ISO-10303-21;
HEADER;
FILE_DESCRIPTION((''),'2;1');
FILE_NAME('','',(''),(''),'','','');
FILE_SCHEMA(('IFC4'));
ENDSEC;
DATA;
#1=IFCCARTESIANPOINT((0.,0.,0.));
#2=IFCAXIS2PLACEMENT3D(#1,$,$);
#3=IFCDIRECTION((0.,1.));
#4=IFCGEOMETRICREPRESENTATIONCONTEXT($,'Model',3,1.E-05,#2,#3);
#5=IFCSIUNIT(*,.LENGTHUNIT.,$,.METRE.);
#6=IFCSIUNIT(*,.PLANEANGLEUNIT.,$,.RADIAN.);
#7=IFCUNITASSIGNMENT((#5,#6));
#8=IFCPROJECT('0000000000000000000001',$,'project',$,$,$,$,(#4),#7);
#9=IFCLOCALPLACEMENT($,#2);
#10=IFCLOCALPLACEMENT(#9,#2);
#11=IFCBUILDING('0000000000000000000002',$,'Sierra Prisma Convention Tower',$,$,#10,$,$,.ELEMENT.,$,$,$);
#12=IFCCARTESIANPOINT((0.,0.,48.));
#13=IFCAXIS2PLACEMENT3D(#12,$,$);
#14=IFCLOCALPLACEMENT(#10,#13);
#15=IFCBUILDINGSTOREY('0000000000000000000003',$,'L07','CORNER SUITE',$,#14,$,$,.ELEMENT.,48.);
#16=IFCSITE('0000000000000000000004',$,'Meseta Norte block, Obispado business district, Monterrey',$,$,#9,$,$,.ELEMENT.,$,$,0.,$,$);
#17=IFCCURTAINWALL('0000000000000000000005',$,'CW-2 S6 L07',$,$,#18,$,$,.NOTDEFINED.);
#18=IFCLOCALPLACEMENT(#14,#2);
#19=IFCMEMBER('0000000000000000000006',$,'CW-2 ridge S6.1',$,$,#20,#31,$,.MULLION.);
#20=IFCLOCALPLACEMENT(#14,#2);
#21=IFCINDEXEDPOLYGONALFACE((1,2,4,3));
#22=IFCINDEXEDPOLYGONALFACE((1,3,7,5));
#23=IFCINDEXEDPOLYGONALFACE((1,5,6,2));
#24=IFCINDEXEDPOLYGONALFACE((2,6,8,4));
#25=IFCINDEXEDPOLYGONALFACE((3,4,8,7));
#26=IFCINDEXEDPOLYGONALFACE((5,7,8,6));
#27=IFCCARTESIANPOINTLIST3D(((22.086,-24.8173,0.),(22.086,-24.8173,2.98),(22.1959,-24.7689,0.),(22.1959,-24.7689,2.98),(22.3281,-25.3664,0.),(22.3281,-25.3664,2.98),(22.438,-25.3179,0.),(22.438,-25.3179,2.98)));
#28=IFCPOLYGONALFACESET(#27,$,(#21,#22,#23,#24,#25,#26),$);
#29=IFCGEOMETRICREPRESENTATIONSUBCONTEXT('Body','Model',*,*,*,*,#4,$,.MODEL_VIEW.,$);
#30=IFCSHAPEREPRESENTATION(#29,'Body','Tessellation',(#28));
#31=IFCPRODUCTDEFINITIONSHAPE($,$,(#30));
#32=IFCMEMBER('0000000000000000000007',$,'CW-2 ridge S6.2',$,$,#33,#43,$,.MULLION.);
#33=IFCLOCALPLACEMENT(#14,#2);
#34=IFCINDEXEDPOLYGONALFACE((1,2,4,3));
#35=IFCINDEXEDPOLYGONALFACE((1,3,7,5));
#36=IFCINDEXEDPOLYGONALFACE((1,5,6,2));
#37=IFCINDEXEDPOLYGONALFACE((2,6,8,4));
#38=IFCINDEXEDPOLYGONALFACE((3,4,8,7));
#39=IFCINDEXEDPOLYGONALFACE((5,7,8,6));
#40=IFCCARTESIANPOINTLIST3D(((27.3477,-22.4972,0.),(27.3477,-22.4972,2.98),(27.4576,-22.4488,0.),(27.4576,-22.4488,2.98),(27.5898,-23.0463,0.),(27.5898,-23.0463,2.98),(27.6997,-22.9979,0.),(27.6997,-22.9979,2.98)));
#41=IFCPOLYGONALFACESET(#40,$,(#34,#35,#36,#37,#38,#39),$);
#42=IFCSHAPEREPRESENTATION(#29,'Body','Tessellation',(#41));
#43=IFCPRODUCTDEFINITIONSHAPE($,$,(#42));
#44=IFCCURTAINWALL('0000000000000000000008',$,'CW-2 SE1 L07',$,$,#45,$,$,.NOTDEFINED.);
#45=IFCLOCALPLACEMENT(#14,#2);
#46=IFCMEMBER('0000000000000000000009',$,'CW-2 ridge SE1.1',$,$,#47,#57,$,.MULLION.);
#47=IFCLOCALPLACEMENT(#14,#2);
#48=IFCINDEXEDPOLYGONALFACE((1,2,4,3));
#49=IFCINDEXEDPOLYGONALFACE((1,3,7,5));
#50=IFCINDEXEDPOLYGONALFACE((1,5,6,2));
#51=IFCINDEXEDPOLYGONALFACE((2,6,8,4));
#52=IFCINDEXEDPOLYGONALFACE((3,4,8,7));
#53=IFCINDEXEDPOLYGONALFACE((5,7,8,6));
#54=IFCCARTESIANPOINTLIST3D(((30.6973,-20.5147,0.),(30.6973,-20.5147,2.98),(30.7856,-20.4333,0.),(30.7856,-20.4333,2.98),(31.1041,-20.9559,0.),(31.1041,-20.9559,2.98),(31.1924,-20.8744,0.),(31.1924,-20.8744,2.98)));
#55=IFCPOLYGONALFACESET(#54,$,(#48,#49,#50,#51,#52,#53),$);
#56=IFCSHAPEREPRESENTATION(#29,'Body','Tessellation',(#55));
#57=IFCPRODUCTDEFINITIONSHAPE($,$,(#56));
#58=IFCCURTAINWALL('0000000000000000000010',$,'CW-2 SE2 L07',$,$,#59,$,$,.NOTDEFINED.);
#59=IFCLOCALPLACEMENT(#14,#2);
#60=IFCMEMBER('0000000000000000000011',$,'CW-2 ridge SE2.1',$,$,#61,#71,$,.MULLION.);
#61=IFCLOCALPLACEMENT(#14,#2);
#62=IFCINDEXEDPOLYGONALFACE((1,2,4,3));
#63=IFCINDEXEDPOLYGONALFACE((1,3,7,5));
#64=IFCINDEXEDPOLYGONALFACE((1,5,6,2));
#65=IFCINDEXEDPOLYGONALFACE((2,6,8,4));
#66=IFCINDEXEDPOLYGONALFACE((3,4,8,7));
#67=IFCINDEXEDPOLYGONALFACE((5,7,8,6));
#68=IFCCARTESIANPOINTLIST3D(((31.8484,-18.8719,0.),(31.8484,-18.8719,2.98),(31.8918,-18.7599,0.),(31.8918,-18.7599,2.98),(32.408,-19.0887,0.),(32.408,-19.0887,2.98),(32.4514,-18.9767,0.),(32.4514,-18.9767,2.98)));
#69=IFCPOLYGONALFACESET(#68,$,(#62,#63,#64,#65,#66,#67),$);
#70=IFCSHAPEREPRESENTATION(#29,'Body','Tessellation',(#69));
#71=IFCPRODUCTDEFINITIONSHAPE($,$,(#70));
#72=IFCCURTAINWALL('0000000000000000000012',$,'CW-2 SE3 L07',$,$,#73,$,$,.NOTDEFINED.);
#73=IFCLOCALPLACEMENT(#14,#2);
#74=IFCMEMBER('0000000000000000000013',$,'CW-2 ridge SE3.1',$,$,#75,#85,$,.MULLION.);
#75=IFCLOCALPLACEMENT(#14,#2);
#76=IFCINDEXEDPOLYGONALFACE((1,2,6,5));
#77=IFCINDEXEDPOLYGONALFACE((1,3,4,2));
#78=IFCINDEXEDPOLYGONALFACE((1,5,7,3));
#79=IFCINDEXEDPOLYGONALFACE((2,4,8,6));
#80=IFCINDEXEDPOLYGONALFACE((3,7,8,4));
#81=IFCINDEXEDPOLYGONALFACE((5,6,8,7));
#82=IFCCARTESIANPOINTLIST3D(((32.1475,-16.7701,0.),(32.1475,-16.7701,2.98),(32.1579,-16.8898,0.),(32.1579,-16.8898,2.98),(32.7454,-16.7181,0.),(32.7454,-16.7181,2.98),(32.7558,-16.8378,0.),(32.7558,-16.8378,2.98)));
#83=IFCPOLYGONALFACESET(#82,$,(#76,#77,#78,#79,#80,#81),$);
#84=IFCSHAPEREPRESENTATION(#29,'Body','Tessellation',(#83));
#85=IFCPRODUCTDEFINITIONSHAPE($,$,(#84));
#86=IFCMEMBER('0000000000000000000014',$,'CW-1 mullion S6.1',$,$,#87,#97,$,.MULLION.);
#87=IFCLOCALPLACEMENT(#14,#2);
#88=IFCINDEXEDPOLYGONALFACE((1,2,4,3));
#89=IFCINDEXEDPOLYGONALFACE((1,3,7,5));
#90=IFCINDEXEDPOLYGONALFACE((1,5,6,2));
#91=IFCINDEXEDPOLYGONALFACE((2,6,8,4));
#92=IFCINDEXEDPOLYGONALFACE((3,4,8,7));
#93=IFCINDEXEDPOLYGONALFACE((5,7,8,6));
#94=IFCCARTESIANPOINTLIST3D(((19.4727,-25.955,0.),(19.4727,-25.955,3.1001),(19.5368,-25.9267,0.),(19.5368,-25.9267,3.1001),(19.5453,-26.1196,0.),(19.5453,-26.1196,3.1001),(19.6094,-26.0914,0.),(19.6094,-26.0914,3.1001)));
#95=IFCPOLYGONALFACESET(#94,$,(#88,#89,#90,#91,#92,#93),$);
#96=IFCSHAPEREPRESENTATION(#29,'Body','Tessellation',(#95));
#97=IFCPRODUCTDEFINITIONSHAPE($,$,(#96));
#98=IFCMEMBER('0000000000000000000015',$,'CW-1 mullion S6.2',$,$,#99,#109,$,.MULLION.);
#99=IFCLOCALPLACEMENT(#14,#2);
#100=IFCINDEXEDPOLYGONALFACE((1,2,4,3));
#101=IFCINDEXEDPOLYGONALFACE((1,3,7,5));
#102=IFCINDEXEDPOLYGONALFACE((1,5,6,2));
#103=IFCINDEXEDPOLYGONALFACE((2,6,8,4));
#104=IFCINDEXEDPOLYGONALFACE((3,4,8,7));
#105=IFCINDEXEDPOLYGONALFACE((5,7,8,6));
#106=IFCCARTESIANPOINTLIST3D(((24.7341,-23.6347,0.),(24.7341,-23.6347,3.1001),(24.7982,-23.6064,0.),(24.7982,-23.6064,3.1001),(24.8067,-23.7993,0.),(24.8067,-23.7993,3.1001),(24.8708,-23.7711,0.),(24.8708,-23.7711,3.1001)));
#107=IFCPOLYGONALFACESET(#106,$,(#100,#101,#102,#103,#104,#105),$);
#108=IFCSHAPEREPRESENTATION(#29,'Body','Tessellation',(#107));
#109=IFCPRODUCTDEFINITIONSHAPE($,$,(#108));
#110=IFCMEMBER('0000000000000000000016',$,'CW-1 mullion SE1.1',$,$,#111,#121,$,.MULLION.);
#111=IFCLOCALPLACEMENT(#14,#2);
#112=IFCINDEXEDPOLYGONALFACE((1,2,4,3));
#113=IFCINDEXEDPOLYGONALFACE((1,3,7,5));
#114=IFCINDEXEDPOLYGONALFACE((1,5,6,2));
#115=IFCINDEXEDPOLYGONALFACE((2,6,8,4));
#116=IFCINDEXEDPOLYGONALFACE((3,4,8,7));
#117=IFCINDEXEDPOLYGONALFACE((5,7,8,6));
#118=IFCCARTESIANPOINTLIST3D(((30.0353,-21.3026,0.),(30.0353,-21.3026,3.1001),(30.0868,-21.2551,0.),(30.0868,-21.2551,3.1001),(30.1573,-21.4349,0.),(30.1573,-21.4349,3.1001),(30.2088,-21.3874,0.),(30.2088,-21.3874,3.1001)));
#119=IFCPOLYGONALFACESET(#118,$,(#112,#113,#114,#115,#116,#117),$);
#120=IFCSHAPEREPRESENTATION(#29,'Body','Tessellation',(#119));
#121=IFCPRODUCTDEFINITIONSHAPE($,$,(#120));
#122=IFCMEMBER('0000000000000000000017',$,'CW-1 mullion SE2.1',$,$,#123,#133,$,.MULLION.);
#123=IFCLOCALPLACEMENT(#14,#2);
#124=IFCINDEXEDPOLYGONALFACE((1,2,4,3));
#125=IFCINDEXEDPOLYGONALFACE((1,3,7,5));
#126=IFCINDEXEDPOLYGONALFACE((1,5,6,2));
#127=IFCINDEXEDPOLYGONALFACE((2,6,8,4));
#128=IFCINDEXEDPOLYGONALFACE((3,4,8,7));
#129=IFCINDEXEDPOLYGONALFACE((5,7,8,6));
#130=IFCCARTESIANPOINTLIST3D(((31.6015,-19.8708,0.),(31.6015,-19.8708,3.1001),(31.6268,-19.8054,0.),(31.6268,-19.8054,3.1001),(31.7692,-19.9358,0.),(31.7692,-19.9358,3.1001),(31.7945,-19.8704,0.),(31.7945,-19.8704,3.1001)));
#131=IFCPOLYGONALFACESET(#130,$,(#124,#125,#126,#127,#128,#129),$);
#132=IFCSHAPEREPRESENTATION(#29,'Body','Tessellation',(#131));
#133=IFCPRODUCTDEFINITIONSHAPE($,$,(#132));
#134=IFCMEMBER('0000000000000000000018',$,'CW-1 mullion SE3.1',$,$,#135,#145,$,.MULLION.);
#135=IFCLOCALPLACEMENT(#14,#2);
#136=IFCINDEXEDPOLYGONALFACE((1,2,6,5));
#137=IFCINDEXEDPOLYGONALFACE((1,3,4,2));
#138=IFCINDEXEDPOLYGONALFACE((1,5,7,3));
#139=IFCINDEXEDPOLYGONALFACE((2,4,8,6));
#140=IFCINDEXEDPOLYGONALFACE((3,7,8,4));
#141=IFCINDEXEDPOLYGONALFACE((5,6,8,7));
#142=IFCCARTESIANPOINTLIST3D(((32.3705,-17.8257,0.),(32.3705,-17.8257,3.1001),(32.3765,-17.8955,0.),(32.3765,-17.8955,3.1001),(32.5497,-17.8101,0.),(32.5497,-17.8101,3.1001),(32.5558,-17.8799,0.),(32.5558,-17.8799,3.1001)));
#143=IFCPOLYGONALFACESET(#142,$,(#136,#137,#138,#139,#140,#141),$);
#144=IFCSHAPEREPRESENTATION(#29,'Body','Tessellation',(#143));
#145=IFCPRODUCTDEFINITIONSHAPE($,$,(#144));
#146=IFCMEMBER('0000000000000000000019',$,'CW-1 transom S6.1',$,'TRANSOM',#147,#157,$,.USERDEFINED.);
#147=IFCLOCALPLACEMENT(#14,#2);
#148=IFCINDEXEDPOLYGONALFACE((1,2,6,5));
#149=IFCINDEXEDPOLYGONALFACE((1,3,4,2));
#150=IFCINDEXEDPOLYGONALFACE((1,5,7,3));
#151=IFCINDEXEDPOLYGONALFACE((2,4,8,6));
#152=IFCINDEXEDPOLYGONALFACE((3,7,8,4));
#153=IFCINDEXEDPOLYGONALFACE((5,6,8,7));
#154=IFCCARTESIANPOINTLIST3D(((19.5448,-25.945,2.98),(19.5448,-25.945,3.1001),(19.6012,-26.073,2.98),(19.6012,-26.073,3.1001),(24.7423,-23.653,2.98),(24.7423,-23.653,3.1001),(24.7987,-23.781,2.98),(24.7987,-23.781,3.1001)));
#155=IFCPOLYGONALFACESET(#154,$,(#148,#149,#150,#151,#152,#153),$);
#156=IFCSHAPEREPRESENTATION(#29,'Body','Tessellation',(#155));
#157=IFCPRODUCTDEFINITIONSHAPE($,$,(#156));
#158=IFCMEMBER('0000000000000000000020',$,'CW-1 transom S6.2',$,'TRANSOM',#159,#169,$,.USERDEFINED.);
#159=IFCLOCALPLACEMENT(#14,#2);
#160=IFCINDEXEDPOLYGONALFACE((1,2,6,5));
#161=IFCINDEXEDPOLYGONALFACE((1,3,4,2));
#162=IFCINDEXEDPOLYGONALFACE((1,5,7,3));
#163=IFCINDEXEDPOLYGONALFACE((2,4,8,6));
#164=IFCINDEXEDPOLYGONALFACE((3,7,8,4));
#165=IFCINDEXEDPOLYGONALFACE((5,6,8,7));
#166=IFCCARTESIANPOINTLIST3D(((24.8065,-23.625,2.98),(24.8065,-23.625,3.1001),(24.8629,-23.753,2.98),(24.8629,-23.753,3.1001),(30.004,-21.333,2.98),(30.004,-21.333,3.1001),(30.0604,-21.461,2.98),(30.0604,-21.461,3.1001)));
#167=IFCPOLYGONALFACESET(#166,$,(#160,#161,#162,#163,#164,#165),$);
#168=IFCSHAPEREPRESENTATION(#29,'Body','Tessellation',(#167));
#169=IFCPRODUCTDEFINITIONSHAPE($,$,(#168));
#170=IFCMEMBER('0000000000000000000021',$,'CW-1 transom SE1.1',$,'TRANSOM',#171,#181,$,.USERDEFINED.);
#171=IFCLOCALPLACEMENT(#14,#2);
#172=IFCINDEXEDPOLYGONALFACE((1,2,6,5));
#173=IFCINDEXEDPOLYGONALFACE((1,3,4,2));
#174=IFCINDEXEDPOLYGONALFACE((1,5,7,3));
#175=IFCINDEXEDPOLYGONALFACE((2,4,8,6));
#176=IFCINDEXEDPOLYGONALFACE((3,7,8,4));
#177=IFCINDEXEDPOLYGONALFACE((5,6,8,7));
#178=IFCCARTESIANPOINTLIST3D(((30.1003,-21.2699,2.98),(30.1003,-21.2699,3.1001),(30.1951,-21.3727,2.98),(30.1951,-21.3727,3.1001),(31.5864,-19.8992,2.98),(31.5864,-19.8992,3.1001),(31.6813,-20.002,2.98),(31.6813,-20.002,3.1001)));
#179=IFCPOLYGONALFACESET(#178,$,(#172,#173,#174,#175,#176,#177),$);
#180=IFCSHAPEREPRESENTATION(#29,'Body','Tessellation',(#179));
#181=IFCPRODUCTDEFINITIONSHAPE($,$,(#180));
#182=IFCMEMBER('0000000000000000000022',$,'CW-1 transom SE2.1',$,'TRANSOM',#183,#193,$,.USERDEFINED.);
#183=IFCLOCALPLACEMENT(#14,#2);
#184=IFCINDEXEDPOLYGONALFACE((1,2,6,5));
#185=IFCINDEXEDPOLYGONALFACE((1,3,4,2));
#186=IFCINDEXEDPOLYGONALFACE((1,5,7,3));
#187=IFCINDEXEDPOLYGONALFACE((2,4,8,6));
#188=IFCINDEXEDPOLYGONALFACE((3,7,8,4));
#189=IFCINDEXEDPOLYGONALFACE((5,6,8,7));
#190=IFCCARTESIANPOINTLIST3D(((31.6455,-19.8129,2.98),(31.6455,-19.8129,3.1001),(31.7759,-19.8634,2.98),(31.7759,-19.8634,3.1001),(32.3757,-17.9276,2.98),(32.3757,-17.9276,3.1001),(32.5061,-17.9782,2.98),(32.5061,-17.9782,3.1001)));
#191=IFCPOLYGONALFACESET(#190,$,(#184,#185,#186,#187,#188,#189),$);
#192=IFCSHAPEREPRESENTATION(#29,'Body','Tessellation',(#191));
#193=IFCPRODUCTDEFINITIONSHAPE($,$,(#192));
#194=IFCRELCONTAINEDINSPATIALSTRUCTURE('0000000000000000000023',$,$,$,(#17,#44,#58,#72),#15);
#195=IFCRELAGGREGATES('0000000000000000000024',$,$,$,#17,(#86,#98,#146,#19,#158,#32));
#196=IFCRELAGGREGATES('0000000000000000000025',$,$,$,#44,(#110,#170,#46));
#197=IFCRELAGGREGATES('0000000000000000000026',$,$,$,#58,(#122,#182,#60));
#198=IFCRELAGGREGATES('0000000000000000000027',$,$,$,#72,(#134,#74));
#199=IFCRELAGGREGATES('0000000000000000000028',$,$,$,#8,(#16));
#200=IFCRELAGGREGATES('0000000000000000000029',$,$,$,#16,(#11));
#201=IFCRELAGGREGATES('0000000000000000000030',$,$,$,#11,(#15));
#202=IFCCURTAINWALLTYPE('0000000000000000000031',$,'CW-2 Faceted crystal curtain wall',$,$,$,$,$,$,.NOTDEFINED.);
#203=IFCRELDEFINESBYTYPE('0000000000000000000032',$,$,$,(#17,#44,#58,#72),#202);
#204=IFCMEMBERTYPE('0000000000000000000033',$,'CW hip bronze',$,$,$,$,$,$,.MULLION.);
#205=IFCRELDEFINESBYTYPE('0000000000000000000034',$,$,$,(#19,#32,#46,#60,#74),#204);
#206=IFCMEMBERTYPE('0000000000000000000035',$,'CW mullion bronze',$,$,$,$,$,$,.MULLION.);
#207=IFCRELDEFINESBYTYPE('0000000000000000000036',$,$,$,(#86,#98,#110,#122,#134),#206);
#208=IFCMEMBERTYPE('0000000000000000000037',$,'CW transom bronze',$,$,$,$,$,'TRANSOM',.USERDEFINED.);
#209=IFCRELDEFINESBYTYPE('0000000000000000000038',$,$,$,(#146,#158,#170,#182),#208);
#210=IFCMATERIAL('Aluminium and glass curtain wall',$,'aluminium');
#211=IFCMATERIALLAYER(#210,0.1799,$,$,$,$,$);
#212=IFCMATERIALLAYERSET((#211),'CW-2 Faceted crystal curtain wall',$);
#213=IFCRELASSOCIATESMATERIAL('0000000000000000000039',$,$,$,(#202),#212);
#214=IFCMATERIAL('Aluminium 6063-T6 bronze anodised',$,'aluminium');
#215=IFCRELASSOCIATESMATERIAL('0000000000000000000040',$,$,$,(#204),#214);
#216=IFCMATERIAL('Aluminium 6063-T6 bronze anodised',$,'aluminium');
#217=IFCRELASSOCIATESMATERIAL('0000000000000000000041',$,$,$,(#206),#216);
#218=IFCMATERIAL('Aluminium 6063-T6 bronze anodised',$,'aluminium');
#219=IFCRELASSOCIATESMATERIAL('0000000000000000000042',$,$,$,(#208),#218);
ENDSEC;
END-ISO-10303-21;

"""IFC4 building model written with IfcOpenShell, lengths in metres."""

from ifc_helpers import new_model, si_unit, direction, frame, origin, origin_2d, place, context, subcontext, project, spatial, rectangle, extrude, material, layer, layer_set, material_profile, profile_set, type_object, element, aggregate, save


model = new_model("IFC4")

# Units and contexts
model_context = context("Model", 3, precision=1e-05, world=origin(), true_north=direction((0.0, 1.0)))
body_context = subcontext(model_context, "Body", "Model", "MODEL_VIEW")
ifc_project = project(units=[si_unit("LENGTHUNIT", "METRE"), si_unit("PLANEANGLEUNIT", "RADIAN")], contexts=[model_context])

# Site, building, storey
site_placement = place(None, origin())
site = spatial("IfcSite", under=ifc_project, at=site_placement, Name="Meseta Norte block, Obispado business district, Monterrey", CompositionType="ELEMENT", RefElevation=0.0)
building_placement = place(site_placement, origin())
building = spatial("IfcBuilding", under=site, at=building_placement, Name="Sierra Prisma Convention Tower", CompositionType="ELEMENT")
storey_placement = place(building_placement, frame((0.0, 0.0, 48.0)))
storey = spatial("IfcBuildingStorey", under=building, at=storey_placement, Name="L07", Description="CORNER SUITE", CompositionType="ELEMENT", Elevation=48.0)

# Curtain wall, members
ifc_material_1 = material(Name="Aluminium and glass curtain wall", Category="aluminium")
ifc_layer_1 = layer(ifc_material_1, 0.1799)
ifc_layer_set_1 = layer_set([ifc_layer_1], Name="CW-2 Faceted crystal curtain wall")
curtain_wall_type = type_object("IfcCurtainWallType", Name="CW-2 Faceted crystal curtain wall", PredefinedType="NOTDEFINED", material=ifc_layer_set_1)
curtain_wall_1_placement = place(storey_placement, origin())
curtain_wall_1 = element("IfcCurtainWall", 1, at=curtain_wall_1_placement, inside=storey, type_object=curtain_wall_type, Name="CW-2 S6 L07", PredefinedType="NOTDEFINED")
ifc_material_2 = material(Name="Aluminium 6063-T6 bronze anodised", Category="aluminium")
ifc_material_profile_1 = material_profile(ifc_material_2, rectangle(XDim=0.1201, YDim=0.6001, at=origin_2d()), Name="ALU RIDGE BLADE 120x600")
ifc_profile_set_1 = profile_set([ifc_material_profile_1], Name="Aluminium 6063-T6 bronze anodised")
member_type_1 = type_object("IfcMemberType", Name="CW hip bronze", PredefinedType="MULLION", material=ifc_profile_set_1)
member_1_placement = place(storey_placement, frame((22.262, -25.0676, 0.0), z_axis=(0.0, 0.0, 1.0), x_axis=(0.914996, 0.403463, 0.0)))
member_1 = element("IfcMember", 2, at=member_1_placement, type_object=member_type_1, Name="CW-2 ridge S6.1", PredefinedType="MULLION", context=body_context, shape_type="SweptSolid", body=[
    extrude(rectangle(XDim=0.1201, YDim=0.6001, at=origin_2d()), origin(), (0.0, 0.0, 1.0), 2.98),
])
member_2_placement = place(storey_placement, frame((27.5237, -22.7476, 0.0), z_axis=(0.0, 0.0, 1.0), x_axis=(0.914996, 0.403463, 0.0)))
member_2 = element("IfcMember", 3, at=member_2_placement, type_object=member_type_1, Name="CW-2 ridge S6.2", PredefinedType="MULLION", context=body_context, shape_type="SweptSolid", body=[
    extrude(rectangle(XDim=0.1201, YDim=0.6001, at=origin_2d()), origin(), (0.0, 0.0, 1.0), 2.98),
])

# Curtain walls, members
curtain_wall_2_placement = place(storey_placement, origin())
curtain_wall_2 = element("IfcCurtainWall", 4, at=curtain_wall_2_placement, inside=storey, type_object=curtain_wall_type, Name="CW-2 SE1 L07", PredefinedType="NOTDEFINED")
member_3_placement = place(storey_placement, frame((30.9448, -20.6946, 0.0), z_axis=(0.0, 0.0, 1.0), x_axis=(0.73512, 0.677937, 0.0)))
member_3 = element("IfcMember", 5, at=member_3_placement, type_object=member_type_1, Name="CW-2 ridge SE1.1", PredefinedType="MULLION", context=body_context, shape_type="SweptSolid", body=[
    extrude(rectangle(XDim=0.1201, YDim=0.6001, at=origin_2d()), origin(), (0.0, 0.0, 1.0), 2.98),
])
curtain_wall_3_placement = place(storey_placement, origin())
curtain_wall_3 = element("IfcCurtainWall", 6, at=curtain_wall_3_placement, inside=storey, type_object=curtain_wall_type, Name="CW-2 SE2 L07", PredefinedType="NOTDEFINED")
member_4_placement = place(storey_placement, frame((32.1499, -18.9243, 0.0), z_axis=(0.0, 0.0, 1.0), x_axis=(0.361187, 0.932494, 0.0)))
member_4 = element("IfcMember", 7, at=member_4_placement, type_object=member_type_1, Name="CW-2 ridge SE2.1", PredefinedType="MULLION", context=body_context, shape_type="SweptSolid", body=[
    extrude(rectangle(XDim=0.1201, YDim=0.6001, at=origin_2d()), origin(), (0.0, 0.0, 1.0), 2.98),
])
curtain_wall_4_placement = place(storey_placement, origin())
curtain_wall_4 = element("IfcCurtainWall", 8, at=curtain_wall_4_placement, inside=storey, type_object=curtain_wall_type, Name="CW-2 SE3 L07", PredefinedType="NOTDEFINED")
member_5_placement = place(storey_placement, frame((32.4517, -16.804, 0.0), z_axis=(0.0, 0.0, 1.0), x_axis=(-0.086655, 0.996238, 0.0)))
member_5 = element("IfcMember", 9, at=member_5_placement, type_object=member_type_1, Name="CW-2 ridge SE3.1", PredefinedType="MULLION", context=body_context, shape_type="SweptSolid", body=[
    extrude(rectangle(XDim=0.1201, YDim=0.6001, at=origin_2d()), origin(), (0.0, 0.0, 1.0), 2.98),
])

# Members
ifc_material_3 = material(Name="Aluminium 6063-T6 bronze anodised", Category="aluminium")
ifc_material_profile_2 = material_profile(ifc_material_3, rectangle(XDim=0.1799, YDim=0.0701, at=origin_2d()), Name="ALU MULLION 70x180")
ifc_profile_set_2 = profile_set([ifc_material_profile_2], Name="Aluminium 6063-T6 bronze anodised")
member_type_2 = type_object("IfcMemberType", Name="CW mullion bronze", PredefinedType="MULLION", material=ifc_profile_set_2)
member_6_placement = place(storey_placement, frame((19.541, -26.0232, 0.0), z_axis=(0.0, 0.0, 1.0), x_axis=(-0.403463, 0.914996, 0.0)))
member_6 = element("IfcMember", 10, at=member_6_placement, type_object=member_type_2, Name="CW-1 mullion S6.1", PredefinedType="MULLION", context=body_context, shape_type="SweptSolid", body=[
    extrude(rectangle(XDim=0.1799, YDim=0.0701, at=origin_2d()), origin(), (0.0, 0.0, 1.0), 3.1001),
])
member_7_placement = place(storey_placement, frame((24.8025, -23.7029, 0.0), z_axis=(0.0, 0.0, 1.0), x_axis=(-0.403463, 0.914996, 0.0)))
member_7 = element("IfcMember", 11, at=member_7_placement, type_object=member_type_2, Name="CW-1 mullion S6.2", PredefinedType="MULLION", context=body_context, shape_type="SweptSolid", body=[
    extrude(rectangle(XDim=0.1799, YDim=0.0701, at=origin_2d()), origin(), (0.0, 0.0, 1.0), 3.1001),
])
member_8_placement = place(storey_placement, frame((30.1221, -21.345, 0.0), z_axis=(0.0, 0.0, 1.0), x_axis=(-0.677937, 0.73512, 0.0)))
member_8 = element("IfcMember", 12, at=member_8_placement, type_object=member_type_2, Name="CW-1 mullion SE1.1", PredefinedType="MULLION", context=body_context, shape_type="SweptSolid", body=[
    extrude(rectangle(XDim=0.1799, YDim=0.0701, at=origin_2d()), origin(), (0.0, 0.0, 1.0), 3.1001),
])
member_9_placement = place(storey_placement, frame((31.698, -19.8706, 0.0), z_axis=(0.0, 0.0, 1.0), x_axis=(-0.932494, 0.361187, 0.0)))
member_9 = element("IfcMember", 13, at=member_9_placement, type_object=member_type_2, Name="CW-1 mullion SE2.1", PredefinedType="MULLION", context=body_context, shape_type="SweptSolid", body=[
    extrude(rectangle(XDim=0.1799, YDim=0.0701, at=origin_2d()), origin(), (0.0, 0.0, 1.0), 3.1001),
])
member_10_placement = place(storey_placement, frame((32.4631, -17.8528, 0.0), z_axis=(0.0, 0.0, 1.0), x_axis=(-0.996238, -0.086655, 0.0)))
member_10 = element("IfcMember", 14, at=member_10_placement, type_object=member_type_2, Name="CW-1 mullion SE3.1", PredefinedType="MULLION", context=body_context, shape_type="SweptSolid", body=[
    extrude(rectangle(XDim=0.1799, YDim=0.0701, at=origin_2d()), origin(), (0.0, 0.0, 1.0), 3.1001),
])
ifc_material_4 = material(Name="Aluminium 6063-T6 bronze anodised", Category="aluminium")
ifc_material_profile_3 = material_profile(ifc_material_4, rectangle(XDim=0.1399, YDim=0.1201, at=origin_2d()), Name="ALU TRANSOM 120x140")
ifc_profile_set_3 = profile_set([ifc_material_profile_3], Name="Aluminium 6063-T6 bronze anodised")
member_type_3 = type_object("IfcMemberType", Name="CW transom bronze", ElementType="TRANSOM", PredefinedType="USERDEFINED", material=ifc_profile_set_3)
member_11_placement = place(storey_placement, frame((19.573, -26.009, 3.04), z_axis=(0.914985, 0.403489, 0.0), x_axis=(-0.403489, 0.914985, 0.0)))
member_11 = element("IfcMember", 15, at=member_11_placement, type_object=member_type_3, Name="CW-1 transom S6.1", ObjectType="TRANSOM", PredefinedType="USERDEFINED", context=body_context, shape_type="SweptSolid", body=[
    extrude(rectangle(XDim=0.1399, YDim=0.1201, at=origin_2d()), origin(), (0.0, 0.0, 1.0), 5.6804),
])
member_12_placement = place(storey_placement, frame((24.8347, -23.689, 3.04), z_axis=(0.914985, 0.403489, 0.0), x_axis=(-0.403489, 0.914985, 0.0)))
member_12 = element("IfcMember", 16, at=member_12_placement, type_object=member_type_3, Name="CW-1 transom S6.2", ObjectType="TRANSOM", PredefinedType="USERDEFINED", context=body_context, shape_type="SweptSolid", body=[
    extrude(rectangle(XDim=0.1399, YDim=0.1201, at=origin_2d()), origin(), (0.0, 0.0, 1.0), 5.6804),
])
member_13_placement = place(storey_placement, frame((30.1477, -21.3213, 3.04), z_axis=(0.73509, 0.677969, 0.0), x_axis=(-0.677969, 0.73509, 0.0)))
member_13 = element("IfcMember", 17, at=member_13_placement, type_object=member_type_3, Name="CW-1 transom SE1.1", ObjectType="TRANSOM", PredefinedType="USERDEFINED", context=body_context, shape_type="SweptSolid", body=[
    extrude(rectangle(XDim=0.1399, YDim=0.1201, at=origin_2d()), origin(), (0.0, 0.0, 1.0), 2.0217),
])
member_14_placement = place(storey_placement, frame((31.7107, -19.8381, 3.04), z_axis=(0.361187, 0.932493, 0.0), x_axis=(-0.932493, 0.361187, 0.0)))
member_14 = element("IfcMember", 18, at=member_14_placement, type_object=member_type_3, Name="CW-1 transom SE2.1", ObjectType="TRANSOM", PredefinedType="USERDEFINED", context=body_context, shape_type="SweptSolid", body=[
    extrude(rectangle(XDim=0.1399, YDim=0.1201, at=origin_2d()), origin(), (0.0, 0.0, 1.0), 2.0217),
])

aggregate(curtain_wall_1, [member_6, member_7, member_11, member_1, member_12, member_2])
aggregate(curtain_wall_2, [member_8, member_13, member_3])
aggregate(curtain_wall_3, [member_9, member_14, member_4])
aggregate(curtain_wall_4, [member_10, member_5])

save(model, "model.ifc")
